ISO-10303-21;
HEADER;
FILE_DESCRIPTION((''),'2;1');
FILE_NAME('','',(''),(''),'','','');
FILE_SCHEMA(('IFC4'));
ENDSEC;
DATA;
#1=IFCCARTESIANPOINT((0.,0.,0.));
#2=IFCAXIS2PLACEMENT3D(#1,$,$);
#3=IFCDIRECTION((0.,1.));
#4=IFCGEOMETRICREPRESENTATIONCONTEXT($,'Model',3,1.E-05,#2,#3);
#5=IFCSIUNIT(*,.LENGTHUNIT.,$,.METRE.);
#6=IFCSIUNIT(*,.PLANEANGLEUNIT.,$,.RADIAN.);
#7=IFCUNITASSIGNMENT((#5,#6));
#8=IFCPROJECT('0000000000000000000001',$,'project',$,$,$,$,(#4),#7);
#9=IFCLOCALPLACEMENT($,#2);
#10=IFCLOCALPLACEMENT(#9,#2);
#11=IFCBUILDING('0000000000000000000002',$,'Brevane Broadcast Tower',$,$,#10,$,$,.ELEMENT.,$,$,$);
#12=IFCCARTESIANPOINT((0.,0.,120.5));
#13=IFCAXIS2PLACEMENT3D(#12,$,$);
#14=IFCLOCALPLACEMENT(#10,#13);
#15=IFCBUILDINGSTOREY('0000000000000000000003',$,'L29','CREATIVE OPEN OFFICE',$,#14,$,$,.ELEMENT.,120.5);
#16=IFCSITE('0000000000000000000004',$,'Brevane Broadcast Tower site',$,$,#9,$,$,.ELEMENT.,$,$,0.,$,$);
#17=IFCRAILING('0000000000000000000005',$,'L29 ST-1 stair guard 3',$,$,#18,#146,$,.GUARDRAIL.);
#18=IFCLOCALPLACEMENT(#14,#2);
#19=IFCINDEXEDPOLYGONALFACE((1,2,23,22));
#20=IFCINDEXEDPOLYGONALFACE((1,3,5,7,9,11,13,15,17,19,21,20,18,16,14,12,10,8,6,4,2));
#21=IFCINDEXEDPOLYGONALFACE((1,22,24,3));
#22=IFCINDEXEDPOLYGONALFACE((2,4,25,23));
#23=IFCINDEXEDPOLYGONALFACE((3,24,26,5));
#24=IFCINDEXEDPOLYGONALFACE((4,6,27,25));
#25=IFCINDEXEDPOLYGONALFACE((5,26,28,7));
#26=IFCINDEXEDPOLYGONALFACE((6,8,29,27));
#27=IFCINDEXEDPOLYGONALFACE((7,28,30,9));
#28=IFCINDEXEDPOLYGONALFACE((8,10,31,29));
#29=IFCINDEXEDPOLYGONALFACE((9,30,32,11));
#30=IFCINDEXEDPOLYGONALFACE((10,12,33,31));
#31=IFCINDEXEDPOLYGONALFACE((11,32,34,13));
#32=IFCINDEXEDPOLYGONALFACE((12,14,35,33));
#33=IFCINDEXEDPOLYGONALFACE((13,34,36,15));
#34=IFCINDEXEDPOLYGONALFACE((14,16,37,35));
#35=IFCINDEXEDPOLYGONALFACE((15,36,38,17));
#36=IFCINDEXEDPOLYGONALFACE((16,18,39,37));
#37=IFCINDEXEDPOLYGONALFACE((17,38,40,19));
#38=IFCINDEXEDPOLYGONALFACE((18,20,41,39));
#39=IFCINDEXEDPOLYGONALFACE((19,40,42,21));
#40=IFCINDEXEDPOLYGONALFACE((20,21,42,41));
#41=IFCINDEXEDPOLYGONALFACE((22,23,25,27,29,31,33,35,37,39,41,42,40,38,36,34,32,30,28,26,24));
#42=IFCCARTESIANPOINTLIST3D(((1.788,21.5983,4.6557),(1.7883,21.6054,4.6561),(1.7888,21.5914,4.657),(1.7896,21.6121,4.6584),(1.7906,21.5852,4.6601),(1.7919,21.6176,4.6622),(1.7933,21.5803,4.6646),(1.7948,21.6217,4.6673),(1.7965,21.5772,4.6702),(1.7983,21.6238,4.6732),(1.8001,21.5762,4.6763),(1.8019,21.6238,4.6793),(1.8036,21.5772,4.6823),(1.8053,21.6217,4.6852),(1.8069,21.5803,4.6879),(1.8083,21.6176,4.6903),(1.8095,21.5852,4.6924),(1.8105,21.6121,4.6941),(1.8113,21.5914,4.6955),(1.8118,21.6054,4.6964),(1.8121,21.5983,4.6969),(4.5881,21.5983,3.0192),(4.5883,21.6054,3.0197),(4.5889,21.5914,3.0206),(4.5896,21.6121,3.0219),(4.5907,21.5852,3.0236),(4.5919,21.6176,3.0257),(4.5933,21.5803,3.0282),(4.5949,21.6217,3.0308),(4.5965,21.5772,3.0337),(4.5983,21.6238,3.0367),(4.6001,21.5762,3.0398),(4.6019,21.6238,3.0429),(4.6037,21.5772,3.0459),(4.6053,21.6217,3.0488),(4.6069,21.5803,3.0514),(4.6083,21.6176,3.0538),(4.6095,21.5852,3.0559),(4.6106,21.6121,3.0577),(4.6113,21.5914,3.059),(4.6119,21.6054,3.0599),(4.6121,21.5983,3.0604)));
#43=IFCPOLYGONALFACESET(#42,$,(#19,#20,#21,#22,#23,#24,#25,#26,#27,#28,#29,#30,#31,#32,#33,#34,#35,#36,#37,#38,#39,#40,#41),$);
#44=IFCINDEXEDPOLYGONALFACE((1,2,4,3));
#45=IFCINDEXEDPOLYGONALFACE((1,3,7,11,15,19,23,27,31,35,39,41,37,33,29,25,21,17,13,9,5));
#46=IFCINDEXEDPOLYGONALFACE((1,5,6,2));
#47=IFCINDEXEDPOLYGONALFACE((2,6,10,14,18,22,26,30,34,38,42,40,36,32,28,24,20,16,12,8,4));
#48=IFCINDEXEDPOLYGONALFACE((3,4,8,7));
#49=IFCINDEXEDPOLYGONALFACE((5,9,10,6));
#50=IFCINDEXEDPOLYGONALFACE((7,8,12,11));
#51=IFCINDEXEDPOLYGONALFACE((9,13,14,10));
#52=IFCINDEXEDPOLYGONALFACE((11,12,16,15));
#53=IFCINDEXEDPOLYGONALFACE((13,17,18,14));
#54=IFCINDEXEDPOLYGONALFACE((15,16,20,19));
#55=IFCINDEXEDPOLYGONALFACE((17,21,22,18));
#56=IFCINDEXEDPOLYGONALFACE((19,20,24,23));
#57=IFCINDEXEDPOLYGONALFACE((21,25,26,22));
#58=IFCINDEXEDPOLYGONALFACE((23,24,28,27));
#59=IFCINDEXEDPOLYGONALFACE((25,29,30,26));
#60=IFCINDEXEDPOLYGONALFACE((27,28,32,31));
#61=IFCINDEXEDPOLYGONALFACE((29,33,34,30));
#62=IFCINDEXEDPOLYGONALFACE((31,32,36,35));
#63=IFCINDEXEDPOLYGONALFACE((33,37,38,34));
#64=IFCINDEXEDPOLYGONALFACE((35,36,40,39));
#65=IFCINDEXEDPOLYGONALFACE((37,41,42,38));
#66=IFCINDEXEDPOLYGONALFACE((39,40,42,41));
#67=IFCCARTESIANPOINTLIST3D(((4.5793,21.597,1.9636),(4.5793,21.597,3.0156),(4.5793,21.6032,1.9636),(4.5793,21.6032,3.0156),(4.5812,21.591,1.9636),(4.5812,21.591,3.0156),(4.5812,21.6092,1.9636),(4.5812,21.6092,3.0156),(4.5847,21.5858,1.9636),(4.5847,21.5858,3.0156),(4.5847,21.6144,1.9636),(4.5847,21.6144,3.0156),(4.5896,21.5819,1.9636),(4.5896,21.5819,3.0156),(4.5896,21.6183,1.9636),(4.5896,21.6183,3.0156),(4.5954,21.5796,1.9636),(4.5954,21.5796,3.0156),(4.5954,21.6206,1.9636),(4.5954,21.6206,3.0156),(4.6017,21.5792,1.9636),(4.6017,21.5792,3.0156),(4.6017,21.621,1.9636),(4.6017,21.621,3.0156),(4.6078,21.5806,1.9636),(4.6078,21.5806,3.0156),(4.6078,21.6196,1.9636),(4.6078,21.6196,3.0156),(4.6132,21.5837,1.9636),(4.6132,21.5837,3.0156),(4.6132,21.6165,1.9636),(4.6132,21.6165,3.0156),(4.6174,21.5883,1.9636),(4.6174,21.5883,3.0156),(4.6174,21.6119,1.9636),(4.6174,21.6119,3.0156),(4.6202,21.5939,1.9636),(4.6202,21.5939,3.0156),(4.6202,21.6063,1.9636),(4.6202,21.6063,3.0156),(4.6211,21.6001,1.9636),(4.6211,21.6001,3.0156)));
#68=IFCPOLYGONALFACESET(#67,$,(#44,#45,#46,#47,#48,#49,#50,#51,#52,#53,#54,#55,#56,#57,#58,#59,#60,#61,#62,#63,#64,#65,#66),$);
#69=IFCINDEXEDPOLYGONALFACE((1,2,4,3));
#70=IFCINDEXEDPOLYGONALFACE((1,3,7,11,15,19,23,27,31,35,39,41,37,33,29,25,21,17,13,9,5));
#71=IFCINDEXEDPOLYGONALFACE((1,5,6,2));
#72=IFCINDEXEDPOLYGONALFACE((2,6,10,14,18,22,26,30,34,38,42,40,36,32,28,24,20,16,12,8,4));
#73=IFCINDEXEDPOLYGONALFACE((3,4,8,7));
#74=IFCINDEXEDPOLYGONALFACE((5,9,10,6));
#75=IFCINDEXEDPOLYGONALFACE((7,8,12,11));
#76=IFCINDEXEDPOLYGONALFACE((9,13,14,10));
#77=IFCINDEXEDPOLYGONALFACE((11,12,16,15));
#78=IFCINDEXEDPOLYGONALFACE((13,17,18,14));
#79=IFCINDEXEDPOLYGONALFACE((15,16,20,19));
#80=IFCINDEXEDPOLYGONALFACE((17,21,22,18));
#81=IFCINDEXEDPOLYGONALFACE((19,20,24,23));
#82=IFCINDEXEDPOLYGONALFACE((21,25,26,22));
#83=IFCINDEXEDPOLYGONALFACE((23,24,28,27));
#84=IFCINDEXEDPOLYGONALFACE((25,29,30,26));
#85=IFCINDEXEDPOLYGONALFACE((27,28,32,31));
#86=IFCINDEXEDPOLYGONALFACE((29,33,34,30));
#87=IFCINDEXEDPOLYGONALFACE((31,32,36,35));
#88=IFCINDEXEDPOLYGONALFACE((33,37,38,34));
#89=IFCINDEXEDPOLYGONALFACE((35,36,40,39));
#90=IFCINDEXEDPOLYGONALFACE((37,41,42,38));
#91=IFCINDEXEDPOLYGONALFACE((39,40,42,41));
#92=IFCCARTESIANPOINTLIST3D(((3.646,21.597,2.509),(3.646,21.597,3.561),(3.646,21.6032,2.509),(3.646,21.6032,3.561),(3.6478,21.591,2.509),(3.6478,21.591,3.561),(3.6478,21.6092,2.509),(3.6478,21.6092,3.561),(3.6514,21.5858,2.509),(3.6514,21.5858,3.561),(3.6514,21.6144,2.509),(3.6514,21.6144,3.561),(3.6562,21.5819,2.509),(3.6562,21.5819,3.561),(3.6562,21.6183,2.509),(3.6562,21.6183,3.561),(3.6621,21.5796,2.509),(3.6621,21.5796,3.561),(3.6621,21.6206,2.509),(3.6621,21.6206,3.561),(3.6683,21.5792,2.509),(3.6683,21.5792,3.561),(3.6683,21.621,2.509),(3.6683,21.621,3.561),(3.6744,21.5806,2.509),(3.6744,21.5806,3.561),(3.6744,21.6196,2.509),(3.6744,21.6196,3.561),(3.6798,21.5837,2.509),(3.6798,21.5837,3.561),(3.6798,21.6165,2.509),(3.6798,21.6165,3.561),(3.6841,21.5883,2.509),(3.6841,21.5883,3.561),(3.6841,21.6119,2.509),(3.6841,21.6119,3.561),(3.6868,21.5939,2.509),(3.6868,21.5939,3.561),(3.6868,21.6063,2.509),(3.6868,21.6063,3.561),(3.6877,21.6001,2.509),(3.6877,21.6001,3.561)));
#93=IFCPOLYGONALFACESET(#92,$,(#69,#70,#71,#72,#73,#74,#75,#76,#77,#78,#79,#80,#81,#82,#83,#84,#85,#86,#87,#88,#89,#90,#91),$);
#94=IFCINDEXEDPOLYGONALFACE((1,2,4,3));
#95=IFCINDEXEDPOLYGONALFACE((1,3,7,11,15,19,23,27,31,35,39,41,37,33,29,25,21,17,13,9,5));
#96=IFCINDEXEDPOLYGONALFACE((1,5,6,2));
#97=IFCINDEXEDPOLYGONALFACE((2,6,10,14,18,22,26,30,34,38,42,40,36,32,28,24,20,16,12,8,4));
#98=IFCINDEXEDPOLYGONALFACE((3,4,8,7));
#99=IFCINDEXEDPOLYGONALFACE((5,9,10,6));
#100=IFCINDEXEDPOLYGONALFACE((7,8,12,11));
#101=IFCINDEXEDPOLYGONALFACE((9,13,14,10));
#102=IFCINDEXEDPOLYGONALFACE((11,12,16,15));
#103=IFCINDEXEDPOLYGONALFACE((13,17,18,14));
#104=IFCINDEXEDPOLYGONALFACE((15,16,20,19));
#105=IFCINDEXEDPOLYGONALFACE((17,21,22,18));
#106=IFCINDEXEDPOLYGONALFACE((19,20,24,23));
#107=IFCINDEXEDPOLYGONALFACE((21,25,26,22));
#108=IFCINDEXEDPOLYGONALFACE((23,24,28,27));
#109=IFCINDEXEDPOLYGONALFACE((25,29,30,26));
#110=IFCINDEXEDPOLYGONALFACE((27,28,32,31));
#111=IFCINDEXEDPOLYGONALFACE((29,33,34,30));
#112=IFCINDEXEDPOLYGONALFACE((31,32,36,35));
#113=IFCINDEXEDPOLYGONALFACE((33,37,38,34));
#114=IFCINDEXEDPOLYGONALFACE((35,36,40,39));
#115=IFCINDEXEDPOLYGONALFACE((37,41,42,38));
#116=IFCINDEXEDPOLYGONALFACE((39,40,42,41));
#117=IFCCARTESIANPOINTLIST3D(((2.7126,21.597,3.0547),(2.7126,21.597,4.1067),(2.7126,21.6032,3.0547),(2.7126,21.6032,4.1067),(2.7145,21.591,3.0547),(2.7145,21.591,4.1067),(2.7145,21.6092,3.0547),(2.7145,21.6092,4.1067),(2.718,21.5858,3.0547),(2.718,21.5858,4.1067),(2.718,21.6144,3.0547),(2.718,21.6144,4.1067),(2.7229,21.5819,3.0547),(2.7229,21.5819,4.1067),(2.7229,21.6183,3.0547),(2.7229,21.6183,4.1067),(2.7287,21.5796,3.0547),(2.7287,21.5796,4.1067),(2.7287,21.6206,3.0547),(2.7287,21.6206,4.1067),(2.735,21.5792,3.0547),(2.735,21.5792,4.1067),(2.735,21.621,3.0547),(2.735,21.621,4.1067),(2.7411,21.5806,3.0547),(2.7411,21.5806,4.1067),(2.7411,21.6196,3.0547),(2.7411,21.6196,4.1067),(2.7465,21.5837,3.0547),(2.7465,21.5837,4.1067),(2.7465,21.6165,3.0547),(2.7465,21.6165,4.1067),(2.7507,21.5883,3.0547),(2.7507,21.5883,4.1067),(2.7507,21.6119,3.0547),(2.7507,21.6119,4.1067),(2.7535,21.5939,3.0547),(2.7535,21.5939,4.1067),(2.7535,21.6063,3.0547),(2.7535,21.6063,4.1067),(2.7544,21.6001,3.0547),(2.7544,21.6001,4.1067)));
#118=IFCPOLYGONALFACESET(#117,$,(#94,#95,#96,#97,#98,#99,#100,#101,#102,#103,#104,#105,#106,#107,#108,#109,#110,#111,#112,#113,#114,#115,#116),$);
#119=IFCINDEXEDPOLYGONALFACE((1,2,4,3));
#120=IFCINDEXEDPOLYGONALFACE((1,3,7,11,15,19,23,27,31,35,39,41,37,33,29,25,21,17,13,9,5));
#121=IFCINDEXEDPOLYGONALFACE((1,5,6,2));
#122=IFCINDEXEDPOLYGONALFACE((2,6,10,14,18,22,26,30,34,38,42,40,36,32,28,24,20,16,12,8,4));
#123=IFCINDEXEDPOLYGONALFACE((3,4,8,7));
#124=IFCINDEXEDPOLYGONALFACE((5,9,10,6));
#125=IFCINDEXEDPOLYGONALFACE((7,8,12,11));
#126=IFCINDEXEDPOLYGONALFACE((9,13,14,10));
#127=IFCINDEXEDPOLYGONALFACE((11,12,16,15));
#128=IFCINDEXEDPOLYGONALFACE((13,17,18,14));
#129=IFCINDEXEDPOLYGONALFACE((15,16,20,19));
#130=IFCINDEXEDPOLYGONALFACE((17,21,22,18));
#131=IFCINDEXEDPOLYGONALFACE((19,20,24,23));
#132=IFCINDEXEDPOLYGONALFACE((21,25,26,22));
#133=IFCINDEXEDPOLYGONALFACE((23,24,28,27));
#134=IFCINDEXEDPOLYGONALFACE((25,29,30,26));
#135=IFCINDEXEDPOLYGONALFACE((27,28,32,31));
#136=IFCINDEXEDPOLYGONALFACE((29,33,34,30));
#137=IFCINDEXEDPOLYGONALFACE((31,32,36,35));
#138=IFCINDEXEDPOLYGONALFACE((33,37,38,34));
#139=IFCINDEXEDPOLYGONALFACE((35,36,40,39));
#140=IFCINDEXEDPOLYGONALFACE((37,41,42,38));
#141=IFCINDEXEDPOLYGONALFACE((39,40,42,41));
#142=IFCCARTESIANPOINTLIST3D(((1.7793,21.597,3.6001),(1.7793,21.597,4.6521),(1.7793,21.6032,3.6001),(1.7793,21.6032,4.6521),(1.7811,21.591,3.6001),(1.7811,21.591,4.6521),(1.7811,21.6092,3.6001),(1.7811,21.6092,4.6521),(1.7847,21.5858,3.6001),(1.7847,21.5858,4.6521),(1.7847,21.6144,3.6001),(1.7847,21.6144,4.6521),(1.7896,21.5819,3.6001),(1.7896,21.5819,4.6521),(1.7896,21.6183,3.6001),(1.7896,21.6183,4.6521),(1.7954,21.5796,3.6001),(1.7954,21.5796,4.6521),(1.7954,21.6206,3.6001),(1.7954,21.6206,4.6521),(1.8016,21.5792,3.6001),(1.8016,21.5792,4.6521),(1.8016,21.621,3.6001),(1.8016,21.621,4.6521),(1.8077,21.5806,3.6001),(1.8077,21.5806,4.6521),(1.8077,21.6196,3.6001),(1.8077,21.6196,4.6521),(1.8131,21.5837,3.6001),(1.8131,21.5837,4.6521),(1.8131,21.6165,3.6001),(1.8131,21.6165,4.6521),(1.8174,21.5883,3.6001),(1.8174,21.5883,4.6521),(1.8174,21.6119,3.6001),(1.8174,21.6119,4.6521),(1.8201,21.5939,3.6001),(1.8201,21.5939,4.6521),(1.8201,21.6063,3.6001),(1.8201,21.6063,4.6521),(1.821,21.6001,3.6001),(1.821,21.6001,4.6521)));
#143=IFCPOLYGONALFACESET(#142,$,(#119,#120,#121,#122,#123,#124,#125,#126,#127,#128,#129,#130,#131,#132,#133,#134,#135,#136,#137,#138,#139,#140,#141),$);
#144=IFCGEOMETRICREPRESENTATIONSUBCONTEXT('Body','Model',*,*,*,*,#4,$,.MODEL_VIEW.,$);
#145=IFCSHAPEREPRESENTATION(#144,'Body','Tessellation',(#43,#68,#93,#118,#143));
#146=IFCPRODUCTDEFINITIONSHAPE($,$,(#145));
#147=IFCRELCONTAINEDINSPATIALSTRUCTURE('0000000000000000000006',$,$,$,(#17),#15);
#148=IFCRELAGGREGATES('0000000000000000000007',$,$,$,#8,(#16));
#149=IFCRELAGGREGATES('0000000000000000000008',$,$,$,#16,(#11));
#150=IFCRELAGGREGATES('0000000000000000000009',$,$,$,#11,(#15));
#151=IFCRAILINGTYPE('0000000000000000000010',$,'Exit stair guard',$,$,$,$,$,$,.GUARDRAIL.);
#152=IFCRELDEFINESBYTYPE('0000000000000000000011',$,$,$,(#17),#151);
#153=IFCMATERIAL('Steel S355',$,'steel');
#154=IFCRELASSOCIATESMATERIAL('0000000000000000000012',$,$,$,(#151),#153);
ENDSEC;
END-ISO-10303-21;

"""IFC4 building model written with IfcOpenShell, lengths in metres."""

from ifc_helpers import new_model, si_unit, direction, frame, origin, origin_2d, place, context, subcontext, project, spatial, circle, extrude, material, type_object, element, save


model = new_model("IFC4")

# Units and contexts
model_context = context("Model", 3, precision=1e-05, world=origin(), true_north=direction((0.0, 1.0)))
body_context = subcontext(model_context, "Body", "Model", "MODEL_VIEW")
ifc_project = project(units=[si_unit("LENGTHUNIT", "METRE"), si_unit("PLANEANGLEUNIT", "RADIAN")], contexts=[model_context])

# Site, building, storey
site_placement = place(None, origin())
site = spatial("IfcSite", under=ifc_project, at=site_placement, Name="Brevane Broadcast Tower site", CompositionType="ELEMENT", RefElevation=0.0)
building_placement = place(site_placement, origin())
building = spatial("IfcBuilding", under=site, at=building_placement, Name="Brevane Broadcast Tower", CompositionType="ELEMENT")
storey_placement = place(building_placement, frame((0.0, 0.0, 120.5)))
storey = spatial("IfcBuildingStorey", under=building, at=storey_placement, Name="L29", Description="CREATIVE OPEN OFFICE", CompositionType="ELEMENT", Elevation=120.5)

# Railing
ifc_material_1 = material(Name="Steel S355", Category="steel")
railing_type_1 = type_object("IfcRailingType", Name="Exit stair guard", PredefinedType="GUARDRAIL", material=ifc_material_1)
railing_1_placement = place(storey_placement, frame((4.6001, 21.6001, 1.9636)))
element("IfcRailing", 1, at=railing_1_placement, inside=storey, type_object=railing_type_1, Name="L29 ST-1 stair guard 3", PredefinedType="GUARDRAIL", context=body_context, shape_type="SweptSolid", body=[
    extrude(circle(Radius=0.0239, at=origin_2d()), frame((0.0, 0.0, 1.0762), z_axis=(-0.863361, 0.0, 0.504587), x_axis=(0.0, -1.0, 0.0)), (0.0, 0.0, 1.0), 3.2432),
    extrude(circle(Radius=0.021, at=origin_2d()), origin(), (0.0, 0.0, 1.0), 1.052),
    extrude(circle(Radius=0.021, at=origin_2d()), frame((-0.9333, 0.0, 0.5454)), (0.0, 0.0, 1.0), 1.052),
    extrude(circle(Radius=0.021, at=origin_2d()), frame((-1.8667, 0.0, 1.0911)), (0.0, 0.0, 1.0), 1.052),
    extrude(circle(Radius=0.021, at=origin_2d()), frame((-2.8, 0.0, 1.6365)), (0.0, 0.0, 1.0), 1.052),
])

save(model, "model.ifc")
